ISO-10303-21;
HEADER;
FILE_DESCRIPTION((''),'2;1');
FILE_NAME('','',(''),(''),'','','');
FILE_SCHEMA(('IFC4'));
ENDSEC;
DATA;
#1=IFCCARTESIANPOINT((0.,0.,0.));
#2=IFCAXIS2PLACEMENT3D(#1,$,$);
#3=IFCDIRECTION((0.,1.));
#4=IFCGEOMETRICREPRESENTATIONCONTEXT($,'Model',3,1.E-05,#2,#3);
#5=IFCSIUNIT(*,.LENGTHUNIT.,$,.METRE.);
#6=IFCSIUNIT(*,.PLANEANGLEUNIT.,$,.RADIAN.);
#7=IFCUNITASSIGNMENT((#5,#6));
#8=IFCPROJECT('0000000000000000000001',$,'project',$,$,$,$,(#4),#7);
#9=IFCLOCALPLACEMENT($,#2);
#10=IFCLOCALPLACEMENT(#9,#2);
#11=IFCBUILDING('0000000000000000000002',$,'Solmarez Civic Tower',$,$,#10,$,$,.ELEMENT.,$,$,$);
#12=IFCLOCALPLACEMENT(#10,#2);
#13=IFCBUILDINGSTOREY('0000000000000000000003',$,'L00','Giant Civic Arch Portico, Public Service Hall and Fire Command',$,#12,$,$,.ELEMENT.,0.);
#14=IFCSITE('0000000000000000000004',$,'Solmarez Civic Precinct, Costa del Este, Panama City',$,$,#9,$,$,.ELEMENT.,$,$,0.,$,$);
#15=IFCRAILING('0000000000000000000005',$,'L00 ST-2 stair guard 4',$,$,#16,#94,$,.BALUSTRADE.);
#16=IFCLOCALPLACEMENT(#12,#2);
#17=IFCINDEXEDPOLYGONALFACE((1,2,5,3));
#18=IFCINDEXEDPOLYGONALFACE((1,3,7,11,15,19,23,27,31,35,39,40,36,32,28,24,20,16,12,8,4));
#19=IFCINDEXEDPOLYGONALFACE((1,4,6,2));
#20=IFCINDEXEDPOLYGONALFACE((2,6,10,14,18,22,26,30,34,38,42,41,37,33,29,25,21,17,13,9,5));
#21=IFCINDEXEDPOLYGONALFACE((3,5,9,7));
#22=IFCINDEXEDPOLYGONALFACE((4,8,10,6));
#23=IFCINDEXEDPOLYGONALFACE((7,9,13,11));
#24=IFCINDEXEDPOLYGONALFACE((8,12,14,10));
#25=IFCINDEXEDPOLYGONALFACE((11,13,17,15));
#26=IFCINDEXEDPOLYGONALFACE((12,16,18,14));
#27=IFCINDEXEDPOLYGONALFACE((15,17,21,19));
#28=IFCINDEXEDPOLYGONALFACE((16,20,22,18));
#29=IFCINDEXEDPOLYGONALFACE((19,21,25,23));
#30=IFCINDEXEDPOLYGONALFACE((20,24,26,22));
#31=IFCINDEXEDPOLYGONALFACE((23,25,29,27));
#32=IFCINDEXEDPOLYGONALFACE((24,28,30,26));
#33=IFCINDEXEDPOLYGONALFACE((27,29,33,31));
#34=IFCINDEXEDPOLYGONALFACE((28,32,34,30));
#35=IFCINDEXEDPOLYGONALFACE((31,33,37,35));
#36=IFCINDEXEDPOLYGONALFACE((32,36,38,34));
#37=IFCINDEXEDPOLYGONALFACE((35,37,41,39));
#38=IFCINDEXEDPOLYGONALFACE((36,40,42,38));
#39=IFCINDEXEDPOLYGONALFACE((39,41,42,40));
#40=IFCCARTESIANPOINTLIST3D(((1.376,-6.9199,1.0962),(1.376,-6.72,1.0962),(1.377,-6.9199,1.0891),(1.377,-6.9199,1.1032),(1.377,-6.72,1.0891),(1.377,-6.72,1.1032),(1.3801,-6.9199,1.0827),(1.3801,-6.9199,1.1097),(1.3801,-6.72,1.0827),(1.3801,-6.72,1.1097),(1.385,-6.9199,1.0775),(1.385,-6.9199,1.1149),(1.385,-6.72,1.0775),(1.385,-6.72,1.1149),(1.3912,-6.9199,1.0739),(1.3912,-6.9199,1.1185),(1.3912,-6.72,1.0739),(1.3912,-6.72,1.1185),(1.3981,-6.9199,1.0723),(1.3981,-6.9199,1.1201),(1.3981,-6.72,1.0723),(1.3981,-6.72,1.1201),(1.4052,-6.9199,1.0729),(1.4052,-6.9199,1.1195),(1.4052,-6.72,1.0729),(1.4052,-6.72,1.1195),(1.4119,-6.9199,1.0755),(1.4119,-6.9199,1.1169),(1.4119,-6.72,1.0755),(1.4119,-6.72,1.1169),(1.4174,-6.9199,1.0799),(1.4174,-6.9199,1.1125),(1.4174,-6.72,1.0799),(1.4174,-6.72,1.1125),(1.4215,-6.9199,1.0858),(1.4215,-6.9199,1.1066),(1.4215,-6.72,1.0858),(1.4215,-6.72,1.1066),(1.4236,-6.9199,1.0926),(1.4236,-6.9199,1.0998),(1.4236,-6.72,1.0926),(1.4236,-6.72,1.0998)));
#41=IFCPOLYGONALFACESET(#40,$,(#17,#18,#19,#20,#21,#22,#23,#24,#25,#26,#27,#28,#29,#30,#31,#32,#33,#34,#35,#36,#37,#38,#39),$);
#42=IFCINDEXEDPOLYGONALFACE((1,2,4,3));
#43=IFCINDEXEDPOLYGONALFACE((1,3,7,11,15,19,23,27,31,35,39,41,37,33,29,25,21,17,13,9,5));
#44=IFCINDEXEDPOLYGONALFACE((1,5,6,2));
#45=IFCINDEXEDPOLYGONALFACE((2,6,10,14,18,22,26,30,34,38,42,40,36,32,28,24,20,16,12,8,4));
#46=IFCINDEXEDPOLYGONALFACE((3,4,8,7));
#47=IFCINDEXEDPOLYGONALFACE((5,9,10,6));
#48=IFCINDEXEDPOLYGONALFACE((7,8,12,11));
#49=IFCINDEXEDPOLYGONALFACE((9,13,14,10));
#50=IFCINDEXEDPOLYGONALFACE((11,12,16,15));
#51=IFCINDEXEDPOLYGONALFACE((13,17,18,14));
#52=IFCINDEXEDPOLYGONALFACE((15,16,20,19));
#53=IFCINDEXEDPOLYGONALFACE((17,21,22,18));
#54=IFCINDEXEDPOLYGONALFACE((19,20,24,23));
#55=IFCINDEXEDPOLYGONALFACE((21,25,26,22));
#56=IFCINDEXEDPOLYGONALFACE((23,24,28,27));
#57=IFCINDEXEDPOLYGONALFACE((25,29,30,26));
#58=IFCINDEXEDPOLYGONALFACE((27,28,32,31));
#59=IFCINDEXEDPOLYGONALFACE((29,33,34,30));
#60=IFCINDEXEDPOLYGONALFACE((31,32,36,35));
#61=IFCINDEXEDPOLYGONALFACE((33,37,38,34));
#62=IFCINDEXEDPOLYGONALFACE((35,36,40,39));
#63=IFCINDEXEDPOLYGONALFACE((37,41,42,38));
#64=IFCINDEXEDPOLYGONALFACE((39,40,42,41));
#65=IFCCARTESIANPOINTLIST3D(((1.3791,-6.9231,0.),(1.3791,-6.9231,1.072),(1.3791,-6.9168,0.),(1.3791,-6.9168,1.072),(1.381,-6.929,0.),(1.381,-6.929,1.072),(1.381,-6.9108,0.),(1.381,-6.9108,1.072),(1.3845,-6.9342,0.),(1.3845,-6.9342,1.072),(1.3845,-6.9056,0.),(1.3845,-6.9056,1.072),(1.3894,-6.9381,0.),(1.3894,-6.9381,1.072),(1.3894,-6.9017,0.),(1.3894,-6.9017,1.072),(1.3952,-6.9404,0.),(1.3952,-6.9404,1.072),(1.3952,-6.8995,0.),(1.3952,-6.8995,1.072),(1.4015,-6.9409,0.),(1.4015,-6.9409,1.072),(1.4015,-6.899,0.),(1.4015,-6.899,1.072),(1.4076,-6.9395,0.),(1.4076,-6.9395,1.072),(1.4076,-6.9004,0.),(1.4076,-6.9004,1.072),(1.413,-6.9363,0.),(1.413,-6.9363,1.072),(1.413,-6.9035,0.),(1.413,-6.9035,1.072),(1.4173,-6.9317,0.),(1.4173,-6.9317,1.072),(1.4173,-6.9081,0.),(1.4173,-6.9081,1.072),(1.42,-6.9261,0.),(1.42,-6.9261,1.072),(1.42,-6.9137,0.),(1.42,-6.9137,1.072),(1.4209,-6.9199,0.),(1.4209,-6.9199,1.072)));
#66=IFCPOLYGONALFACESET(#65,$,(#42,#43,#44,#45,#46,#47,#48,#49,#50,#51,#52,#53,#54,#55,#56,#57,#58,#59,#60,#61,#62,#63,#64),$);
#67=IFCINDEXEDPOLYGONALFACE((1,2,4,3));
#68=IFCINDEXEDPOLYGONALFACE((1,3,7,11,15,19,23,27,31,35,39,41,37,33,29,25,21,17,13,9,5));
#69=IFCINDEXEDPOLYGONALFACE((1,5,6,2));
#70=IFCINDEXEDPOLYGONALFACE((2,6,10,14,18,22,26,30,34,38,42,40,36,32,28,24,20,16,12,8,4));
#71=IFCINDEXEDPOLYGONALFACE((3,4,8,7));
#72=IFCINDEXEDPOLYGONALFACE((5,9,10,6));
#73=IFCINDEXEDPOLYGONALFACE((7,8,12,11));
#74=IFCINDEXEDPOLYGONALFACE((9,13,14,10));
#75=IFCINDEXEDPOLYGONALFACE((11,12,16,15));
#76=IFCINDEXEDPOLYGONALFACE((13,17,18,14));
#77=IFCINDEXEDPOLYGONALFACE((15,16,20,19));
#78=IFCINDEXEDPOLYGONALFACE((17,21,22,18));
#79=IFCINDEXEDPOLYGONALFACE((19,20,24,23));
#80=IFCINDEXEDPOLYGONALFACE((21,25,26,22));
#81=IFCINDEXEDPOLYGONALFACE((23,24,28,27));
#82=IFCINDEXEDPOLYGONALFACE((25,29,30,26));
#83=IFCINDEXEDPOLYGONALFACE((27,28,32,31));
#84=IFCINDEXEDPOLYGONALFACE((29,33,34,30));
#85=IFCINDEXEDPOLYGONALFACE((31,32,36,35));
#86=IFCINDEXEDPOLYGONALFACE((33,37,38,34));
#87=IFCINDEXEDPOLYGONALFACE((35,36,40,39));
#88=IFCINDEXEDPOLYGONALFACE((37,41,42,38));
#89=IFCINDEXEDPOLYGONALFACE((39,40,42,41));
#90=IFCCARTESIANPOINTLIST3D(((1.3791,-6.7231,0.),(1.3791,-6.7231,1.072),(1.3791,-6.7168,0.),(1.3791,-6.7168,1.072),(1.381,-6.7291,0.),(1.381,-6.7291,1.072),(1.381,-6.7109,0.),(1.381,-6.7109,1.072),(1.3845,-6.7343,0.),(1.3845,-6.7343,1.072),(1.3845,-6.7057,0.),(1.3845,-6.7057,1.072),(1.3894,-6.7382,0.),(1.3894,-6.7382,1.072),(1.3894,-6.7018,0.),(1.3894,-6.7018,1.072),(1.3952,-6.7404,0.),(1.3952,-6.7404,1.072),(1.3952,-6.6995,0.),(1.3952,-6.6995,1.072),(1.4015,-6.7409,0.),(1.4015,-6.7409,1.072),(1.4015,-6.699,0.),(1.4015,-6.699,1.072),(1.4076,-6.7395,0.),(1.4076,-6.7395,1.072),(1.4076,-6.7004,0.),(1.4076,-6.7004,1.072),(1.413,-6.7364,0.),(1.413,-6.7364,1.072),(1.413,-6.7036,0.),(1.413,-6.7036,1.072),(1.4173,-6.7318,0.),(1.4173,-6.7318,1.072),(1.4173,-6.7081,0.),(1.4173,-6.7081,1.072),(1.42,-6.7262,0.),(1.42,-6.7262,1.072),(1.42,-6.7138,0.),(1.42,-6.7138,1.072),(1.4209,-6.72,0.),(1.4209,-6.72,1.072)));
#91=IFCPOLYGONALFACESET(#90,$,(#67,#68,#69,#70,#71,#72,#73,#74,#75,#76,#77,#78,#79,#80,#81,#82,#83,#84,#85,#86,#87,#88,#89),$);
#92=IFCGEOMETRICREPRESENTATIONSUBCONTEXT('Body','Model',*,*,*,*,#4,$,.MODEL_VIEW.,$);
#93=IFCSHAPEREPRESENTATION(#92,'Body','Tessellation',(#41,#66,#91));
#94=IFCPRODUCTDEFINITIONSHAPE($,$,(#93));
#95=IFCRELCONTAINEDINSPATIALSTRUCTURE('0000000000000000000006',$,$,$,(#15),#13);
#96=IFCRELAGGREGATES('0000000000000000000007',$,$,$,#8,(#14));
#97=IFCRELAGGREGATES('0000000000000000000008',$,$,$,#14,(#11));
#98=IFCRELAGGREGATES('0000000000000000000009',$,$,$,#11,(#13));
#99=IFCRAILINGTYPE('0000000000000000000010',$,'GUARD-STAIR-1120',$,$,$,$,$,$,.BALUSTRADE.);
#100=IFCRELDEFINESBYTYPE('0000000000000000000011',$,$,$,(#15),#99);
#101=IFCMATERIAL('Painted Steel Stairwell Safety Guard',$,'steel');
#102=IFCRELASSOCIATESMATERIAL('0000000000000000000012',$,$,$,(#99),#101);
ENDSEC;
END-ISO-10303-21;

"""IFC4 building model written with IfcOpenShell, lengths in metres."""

from ifc_helpers import new_model, si_unit, direction, frame, origin, origin_2d, place, context, subcontext, project, spatial, circle, extrude, material, type_object, element, save


model = new_model("IFC4")

# Units and contexts
model_context = context("Model", 3, precision=1e-05, world=origin(), true_north=direction((0.0, 1.0)))
body_context = subcontext(model_context, "Body", "Model", "MODEL_VIEW")
ifc_project = project(units=[si_unit("LENGTHUNIT", "METRE"), si_unit("PLANEANGLEUNIT", "RADIAN")], contexts=[model_context])

# Site, building, storey
site_placement = place(None, origin())
site = spatial("IfcSite", under=ifc_project, at=site_placement, Name="Solmarez Civic Precinct, Costa del Este, Panama City", CompositionType="ELEMENT", RefElevation=0.0)
building_placement = place(site_placement, origin())
building = spatial("IfcBuilding", under=site, at=building_placement, Name="Solmarez Civic Tower", CompositionType="ELEMENT")
storey_placement = place(building_placement, origin())
storey = spatial("IfcBuildingStorey", under=building, at=storey_placement, Name="L00", Description="Giant Civic Arch Portico, Public Service Hall and Fire Command", CompositionType="ELEMENT", Elevation=0.0)

# Railing
ifc_material_1 = material(Name="Painted Steel Stairwell Safety Guard", Category="steel")
railing_type_1 = type_object("IfcRailingType", Name="GUARD-STAIR-1120", PredefinedType="BALUSTRADE", material=ifc_material_1)
railing_1_placement = place(storey_placement, frame((1.3999, -6.9199, 0.0)))
element("IfcRailing", 1, at=railing_1_placement, inside=storey, type_object=railing_type_1, Name="L00 ST-2 stair guard 4", PredefinedType="BALUSTRADE", context=body_context, shape_type="SweptSolid", body=[
    extrude(circle(Radius=0.0239, at=origin_2d()), frame((0.0, 0.0, 1.0962), z_axis=(0.0, 1.0, 0.0), x_axis=(-1.0, 0.0, 0.0)), (0.0, 0.0, 1.0), 0.2),
    extrude(circle(Radius=0.021, at=origin_2d()), origin(), (0.0, 0.0, 1.0), 1.072),
    extrude(circle(Radius=0.021, at=origin_2d()), frame((0.0, 0.2, 0.0)), (0.0, 0.0, 1.0), 1.072),
])

save(model, "model.ifc")
